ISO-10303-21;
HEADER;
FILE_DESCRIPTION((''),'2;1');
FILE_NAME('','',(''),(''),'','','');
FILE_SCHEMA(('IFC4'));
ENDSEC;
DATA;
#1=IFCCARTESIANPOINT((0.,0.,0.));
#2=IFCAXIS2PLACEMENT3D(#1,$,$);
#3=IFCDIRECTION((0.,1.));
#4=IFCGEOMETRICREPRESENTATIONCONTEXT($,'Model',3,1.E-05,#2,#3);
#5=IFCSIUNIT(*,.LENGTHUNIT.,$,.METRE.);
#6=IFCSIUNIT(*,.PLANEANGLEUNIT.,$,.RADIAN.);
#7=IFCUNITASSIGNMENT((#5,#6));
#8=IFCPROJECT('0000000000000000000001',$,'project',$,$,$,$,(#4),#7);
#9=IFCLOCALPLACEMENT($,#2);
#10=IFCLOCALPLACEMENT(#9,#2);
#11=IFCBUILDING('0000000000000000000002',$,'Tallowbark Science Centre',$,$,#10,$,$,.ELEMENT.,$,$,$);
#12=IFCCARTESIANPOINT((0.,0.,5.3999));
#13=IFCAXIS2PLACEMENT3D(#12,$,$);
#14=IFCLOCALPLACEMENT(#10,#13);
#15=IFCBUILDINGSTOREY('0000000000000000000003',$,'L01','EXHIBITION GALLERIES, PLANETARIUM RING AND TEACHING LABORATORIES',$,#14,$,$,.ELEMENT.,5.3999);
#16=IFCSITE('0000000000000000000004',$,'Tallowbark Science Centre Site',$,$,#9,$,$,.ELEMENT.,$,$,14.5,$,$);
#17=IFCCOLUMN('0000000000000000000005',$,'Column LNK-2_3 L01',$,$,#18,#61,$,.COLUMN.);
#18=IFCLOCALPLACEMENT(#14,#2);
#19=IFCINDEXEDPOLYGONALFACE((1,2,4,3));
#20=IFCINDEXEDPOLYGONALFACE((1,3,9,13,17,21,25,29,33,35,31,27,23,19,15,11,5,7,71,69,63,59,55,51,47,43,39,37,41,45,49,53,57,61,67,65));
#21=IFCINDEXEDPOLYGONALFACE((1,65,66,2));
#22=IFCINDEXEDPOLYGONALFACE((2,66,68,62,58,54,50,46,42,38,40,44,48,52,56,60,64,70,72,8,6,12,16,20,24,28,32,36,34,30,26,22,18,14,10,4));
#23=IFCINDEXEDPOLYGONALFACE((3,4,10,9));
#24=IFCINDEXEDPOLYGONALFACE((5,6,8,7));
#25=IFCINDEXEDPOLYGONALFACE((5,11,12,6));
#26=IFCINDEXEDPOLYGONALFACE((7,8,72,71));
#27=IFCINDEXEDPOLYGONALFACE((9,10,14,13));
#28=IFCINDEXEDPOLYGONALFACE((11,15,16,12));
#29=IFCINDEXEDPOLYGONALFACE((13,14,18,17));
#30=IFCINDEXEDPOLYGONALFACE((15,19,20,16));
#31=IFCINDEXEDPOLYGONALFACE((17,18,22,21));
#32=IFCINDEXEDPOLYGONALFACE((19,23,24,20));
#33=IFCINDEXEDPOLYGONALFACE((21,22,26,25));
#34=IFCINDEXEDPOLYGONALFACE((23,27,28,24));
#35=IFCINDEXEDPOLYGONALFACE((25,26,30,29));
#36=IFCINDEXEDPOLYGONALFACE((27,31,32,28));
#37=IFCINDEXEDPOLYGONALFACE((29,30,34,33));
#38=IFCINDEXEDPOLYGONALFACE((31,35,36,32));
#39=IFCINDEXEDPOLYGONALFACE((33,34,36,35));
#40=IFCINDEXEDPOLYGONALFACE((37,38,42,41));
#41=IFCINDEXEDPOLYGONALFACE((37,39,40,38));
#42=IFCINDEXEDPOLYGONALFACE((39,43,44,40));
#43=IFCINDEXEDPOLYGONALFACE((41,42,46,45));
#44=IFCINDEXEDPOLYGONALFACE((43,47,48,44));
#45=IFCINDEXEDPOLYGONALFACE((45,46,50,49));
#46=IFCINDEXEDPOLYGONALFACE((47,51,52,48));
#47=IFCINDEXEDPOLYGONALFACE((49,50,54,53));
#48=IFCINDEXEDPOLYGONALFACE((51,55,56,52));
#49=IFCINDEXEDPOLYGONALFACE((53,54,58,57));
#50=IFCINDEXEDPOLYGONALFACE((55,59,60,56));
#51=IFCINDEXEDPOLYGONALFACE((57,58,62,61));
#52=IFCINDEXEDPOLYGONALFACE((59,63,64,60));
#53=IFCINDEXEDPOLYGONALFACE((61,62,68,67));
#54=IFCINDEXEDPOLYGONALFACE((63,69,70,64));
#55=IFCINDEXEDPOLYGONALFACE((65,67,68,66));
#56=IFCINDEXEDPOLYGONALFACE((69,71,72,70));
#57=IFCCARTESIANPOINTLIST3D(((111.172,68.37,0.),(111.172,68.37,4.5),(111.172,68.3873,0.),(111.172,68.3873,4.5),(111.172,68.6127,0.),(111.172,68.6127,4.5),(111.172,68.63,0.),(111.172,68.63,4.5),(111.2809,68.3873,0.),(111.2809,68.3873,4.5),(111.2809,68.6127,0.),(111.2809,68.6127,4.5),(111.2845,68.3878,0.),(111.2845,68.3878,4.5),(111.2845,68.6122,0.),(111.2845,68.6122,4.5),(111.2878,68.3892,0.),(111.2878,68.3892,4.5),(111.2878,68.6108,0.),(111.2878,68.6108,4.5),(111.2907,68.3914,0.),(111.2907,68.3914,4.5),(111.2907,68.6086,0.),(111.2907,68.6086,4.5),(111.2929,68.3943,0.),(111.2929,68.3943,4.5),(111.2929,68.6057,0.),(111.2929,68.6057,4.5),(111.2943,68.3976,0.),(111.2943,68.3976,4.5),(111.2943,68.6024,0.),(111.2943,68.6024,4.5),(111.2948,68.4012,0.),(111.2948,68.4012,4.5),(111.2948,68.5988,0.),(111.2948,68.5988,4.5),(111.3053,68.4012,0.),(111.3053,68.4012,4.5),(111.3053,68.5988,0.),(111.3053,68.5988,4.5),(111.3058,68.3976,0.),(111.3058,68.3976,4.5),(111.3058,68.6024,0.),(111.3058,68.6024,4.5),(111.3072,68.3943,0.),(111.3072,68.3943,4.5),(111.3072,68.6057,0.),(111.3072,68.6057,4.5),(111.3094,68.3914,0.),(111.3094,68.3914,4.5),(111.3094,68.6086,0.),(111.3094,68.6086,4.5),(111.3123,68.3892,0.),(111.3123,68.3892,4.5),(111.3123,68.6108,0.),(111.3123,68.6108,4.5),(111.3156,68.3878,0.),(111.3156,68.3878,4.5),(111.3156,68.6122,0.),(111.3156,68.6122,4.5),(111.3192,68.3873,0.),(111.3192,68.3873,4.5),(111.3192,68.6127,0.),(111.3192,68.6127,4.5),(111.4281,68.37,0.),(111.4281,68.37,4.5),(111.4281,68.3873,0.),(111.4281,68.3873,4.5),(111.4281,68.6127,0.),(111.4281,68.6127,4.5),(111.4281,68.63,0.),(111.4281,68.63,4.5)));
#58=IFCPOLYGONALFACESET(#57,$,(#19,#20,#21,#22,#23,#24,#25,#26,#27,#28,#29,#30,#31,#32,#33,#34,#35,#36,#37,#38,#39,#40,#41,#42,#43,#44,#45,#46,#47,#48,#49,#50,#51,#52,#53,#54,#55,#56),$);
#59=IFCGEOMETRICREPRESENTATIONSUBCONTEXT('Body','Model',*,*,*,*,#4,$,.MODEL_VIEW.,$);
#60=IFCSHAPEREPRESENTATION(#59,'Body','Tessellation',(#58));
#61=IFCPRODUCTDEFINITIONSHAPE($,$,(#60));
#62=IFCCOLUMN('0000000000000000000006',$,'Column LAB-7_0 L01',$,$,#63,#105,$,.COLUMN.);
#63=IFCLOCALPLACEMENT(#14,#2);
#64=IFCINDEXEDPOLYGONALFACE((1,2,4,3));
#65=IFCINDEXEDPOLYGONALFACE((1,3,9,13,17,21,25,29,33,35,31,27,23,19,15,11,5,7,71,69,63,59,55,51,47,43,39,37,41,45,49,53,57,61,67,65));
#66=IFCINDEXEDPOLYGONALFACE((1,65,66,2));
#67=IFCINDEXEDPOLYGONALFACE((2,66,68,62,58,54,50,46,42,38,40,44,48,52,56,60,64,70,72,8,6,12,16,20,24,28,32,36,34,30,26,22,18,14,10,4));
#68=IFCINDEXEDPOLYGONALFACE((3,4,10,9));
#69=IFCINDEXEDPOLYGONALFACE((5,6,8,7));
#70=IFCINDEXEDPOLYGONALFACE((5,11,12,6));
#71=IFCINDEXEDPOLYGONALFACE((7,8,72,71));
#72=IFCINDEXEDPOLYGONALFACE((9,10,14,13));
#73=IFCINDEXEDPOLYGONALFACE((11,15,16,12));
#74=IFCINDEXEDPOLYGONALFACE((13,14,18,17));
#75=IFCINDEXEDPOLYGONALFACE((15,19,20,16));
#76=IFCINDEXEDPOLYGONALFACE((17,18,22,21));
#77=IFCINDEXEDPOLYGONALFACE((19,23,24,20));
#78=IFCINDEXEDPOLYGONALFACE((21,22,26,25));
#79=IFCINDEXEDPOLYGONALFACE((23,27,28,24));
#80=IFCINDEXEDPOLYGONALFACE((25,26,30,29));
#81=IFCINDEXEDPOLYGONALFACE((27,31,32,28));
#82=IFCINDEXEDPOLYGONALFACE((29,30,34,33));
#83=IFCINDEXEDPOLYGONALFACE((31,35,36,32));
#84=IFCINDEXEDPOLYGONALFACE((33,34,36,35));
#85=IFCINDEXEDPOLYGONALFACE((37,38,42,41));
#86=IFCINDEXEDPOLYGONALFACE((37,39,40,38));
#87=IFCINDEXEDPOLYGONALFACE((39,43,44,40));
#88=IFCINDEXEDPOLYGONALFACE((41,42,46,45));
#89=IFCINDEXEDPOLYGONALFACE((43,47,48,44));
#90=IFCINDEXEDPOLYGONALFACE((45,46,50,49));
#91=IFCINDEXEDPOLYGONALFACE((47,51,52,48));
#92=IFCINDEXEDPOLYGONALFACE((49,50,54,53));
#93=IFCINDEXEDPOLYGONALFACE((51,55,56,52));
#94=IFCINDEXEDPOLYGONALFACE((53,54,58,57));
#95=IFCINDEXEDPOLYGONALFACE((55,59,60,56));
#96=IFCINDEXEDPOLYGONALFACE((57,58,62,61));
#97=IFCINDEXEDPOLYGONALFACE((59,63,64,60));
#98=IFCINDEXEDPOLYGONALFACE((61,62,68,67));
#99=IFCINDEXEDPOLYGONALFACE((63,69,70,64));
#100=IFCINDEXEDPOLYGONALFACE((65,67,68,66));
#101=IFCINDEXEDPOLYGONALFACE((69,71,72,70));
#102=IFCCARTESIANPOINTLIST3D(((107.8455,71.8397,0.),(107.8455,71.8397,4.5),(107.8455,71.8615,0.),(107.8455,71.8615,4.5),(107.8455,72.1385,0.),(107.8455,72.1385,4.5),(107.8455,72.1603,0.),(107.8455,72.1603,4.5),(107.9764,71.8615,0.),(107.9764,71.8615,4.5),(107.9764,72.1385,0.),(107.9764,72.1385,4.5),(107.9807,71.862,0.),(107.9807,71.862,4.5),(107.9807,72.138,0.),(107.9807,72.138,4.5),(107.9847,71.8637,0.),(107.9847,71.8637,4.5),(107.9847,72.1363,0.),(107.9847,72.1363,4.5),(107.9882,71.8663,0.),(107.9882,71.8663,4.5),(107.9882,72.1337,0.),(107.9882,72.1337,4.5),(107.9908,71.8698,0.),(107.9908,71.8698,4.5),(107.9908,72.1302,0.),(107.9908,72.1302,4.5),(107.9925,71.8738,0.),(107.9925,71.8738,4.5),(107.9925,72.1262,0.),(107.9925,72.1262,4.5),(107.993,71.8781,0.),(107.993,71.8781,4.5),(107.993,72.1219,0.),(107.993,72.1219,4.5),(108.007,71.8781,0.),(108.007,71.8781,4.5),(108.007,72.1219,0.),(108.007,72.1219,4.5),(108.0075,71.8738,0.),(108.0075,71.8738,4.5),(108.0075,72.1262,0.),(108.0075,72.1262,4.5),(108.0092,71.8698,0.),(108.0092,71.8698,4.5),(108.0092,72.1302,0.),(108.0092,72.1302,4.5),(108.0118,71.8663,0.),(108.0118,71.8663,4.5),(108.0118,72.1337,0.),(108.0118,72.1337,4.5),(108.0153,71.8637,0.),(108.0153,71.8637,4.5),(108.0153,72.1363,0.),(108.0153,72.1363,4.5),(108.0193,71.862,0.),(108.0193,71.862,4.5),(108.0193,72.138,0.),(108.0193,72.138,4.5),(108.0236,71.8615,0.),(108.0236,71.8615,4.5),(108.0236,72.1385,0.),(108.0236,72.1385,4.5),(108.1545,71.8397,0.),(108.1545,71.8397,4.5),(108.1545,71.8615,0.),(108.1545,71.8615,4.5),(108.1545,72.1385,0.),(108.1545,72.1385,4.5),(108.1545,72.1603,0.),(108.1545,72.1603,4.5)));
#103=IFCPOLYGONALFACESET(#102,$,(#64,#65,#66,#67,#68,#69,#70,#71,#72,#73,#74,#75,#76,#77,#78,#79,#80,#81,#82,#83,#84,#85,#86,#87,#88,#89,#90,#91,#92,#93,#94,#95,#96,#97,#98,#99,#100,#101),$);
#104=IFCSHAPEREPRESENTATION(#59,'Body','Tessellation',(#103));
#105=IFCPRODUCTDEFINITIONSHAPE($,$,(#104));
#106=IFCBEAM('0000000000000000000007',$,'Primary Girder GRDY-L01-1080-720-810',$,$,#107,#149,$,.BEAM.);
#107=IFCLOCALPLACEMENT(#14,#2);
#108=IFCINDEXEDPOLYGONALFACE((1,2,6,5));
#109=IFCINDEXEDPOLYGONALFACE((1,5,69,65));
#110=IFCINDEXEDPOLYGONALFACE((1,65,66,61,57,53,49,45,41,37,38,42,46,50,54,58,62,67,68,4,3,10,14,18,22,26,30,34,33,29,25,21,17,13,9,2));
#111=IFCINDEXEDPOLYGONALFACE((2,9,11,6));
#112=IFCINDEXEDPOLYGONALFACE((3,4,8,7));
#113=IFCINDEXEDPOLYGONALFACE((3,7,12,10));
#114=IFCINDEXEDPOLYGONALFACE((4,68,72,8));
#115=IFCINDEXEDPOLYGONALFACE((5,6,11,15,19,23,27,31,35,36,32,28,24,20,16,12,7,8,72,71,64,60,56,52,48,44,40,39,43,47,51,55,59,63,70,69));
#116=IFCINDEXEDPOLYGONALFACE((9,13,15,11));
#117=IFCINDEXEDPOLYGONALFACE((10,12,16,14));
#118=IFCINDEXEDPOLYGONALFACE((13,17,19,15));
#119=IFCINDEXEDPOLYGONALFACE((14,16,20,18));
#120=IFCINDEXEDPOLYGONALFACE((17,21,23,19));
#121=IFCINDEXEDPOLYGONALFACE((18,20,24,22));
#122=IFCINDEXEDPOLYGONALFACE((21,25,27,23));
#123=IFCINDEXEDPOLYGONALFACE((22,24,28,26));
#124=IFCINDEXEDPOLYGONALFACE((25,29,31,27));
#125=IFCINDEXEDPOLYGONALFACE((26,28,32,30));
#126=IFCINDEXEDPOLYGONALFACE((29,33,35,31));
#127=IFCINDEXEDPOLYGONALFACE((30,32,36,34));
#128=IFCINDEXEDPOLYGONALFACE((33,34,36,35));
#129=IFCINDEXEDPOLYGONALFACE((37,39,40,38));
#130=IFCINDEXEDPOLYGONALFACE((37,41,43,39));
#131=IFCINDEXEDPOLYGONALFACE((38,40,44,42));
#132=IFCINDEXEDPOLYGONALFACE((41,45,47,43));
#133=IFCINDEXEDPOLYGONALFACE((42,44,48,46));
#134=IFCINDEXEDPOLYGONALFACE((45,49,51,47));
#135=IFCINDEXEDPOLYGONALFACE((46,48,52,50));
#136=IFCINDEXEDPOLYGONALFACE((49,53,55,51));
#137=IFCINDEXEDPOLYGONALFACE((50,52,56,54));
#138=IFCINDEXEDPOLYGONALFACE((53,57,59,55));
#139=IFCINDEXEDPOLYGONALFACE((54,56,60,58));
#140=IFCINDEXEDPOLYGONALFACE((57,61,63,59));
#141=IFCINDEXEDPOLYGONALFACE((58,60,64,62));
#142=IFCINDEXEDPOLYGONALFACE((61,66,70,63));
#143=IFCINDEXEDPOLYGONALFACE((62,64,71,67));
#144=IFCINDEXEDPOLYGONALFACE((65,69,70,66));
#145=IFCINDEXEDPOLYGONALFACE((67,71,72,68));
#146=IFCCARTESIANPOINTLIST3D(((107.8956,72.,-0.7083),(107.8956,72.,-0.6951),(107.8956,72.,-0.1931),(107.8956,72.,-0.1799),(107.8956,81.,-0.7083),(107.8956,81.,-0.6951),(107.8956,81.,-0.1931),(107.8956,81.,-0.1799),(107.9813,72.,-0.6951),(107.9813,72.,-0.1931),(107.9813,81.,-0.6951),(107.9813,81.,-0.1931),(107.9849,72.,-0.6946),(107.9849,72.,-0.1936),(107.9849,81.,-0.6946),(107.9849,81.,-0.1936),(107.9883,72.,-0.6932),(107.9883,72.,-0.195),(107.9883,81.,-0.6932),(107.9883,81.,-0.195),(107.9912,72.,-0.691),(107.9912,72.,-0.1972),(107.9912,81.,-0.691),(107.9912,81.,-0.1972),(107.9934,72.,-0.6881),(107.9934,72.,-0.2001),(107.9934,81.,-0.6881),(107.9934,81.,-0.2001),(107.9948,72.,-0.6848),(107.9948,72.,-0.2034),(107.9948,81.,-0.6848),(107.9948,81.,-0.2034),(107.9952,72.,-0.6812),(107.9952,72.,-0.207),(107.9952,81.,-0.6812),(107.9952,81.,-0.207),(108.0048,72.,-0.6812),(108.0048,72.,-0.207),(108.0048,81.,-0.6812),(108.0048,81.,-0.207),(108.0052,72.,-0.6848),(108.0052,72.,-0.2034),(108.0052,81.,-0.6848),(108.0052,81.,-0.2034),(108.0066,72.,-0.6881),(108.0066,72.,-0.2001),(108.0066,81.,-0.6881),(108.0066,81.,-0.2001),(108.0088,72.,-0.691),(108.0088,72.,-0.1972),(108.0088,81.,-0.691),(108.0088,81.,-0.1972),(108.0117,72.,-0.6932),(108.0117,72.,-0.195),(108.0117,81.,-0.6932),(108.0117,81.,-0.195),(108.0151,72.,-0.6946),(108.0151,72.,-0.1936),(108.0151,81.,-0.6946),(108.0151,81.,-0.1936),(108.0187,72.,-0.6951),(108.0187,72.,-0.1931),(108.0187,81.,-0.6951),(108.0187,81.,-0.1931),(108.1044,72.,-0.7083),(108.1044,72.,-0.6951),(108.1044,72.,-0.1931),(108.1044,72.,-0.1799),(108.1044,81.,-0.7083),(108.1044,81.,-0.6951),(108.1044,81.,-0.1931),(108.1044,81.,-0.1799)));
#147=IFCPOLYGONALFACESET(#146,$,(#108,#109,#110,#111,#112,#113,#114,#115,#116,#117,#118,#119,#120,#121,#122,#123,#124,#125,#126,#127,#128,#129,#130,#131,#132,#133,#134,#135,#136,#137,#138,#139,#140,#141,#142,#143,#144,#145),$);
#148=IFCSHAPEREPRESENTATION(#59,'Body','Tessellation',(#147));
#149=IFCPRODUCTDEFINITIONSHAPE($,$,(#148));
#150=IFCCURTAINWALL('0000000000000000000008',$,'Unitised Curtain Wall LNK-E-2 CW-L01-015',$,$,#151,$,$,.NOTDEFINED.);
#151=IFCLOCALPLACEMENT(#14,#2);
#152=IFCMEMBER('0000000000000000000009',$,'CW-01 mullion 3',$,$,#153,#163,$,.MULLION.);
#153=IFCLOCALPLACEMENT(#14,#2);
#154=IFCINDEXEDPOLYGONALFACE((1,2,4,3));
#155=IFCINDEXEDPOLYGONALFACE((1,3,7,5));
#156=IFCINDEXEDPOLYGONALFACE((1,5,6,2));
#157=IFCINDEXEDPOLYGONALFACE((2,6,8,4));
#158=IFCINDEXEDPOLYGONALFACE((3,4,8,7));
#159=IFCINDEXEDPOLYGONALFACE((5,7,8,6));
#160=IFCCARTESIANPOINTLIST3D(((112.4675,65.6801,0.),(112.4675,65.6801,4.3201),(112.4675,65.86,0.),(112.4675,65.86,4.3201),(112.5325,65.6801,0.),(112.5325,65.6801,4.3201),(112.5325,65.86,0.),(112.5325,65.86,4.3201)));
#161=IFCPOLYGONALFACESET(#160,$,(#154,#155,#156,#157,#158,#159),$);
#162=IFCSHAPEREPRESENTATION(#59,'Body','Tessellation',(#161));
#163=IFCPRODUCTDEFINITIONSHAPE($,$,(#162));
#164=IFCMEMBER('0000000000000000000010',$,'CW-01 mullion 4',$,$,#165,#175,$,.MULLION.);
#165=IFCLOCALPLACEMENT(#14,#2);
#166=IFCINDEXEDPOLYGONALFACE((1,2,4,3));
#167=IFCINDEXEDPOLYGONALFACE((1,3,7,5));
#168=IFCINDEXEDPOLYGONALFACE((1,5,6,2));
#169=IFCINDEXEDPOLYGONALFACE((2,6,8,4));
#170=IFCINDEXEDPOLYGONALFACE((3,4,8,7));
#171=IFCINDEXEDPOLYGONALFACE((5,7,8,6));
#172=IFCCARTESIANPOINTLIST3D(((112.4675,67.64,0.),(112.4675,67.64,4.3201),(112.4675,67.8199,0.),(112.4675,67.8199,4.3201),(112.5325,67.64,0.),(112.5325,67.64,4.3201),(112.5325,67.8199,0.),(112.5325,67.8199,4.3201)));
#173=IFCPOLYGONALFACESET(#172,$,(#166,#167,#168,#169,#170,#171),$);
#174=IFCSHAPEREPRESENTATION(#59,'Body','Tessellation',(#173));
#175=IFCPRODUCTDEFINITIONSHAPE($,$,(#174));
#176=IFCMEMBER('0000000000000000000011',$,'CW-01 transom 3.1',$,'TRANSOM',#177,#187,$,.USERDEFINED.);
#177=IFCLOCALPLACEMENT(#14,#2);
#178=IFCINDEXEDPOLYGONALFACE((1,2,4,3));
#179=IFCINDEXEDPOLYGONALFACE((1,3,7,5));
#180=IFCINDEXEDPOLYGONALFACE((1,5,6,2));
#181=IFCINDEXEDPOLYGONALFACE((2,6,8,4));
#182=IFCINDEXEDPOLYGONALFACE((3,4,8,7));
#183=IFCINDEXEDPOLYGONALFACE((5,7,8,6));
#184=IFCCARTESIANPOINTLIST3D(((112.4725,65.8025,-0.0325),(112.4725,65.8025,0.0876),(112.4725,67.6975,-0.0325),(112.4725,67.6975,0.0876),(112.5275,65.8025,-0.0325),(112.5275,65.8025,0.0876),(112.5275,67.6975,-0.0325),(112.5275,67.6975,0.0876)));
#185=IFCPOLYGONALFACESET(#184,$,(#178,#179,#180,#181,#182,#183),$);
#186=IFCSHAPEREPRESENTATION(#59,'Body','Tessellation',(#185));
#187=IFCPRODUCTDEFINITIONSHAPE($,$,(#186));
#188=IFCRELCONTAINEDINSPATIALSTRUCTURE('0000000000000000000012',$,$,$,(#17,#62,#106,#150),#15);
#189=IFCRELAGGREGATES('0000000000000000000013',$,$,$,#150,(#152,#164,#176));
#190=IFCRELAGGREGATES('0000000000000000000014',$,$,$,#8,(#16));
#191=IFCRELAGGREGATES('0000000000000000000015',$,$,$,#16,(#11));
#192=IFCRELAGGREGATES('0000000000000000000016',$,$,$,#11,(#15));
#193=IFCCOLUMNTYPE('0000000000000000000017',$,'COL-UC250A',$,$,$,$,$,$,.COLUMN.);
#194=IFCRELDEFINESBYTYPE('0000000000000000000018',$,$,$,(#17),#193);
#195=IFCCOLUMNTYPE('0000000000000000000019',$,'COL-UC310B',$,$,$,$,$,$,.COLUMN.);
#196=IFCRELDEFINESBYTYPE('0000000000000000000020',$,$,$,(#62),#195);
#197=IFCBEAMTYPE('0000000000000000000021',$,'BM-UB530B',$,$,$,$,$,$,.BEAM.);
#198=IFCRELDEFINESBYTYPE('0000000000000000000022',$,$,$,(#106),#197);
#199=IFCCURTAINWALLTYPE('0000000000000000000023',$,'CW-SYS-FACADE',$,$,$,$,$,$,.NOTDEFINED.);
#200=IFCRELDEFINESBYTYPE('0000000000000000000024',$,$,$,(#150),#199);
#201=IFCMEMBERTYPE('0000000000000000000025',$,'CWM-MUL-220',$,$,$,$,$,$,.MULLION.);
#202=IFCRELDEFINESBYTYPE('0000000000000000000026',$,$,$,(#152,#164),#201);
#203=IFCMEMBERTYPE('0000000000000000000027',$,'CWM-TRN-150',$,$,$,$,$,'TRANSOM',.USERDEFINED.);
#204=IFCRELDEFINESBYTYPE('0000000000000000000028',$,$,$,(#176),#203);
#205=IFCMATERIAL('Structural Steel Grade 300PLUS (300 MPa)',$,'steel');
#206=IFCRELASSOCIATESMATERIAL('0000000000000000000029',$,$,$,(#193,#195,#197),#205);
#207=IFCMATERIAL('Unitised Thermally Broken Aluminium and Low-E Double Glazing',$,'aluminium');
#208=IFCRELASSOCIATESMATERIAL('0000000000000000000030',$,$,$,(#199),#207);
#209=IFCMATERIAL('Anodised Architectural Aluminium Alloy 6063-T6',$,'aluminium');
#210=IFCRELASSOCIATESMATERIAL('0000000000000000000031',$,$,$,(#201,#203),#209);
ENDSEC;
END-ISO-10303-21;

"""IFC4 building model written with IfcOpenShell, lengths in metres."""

from ifc_helpers import new_model, si_unit, direction, frame, origin, origin_2d, place, context, subcontext, project, spatial, rectangle, i_section, extrude, material, material_profile, profile_set, type_object, element, aggregate, save


model = new_model("IFC4")

# Units and contexts
model_context = context("Model", 3, precision=1e-05, world=origin(), true_north=direction((0.0, 1.0)))
body_context = subcontext(model_context, "Body", "Model", "MODEL_VIEW")
ifc_project = project(units=[si_unit("LENGTHUNIT", "METRE"), si_unit("PLANEANGLEUNIT", "RADIAN")], contexts=[model_context])

# Site, building, storey
site_placement = place(None, origin())
site = spatial("IfcSite", under=ifc_project, at=site_placement, Name="Tallowbark Science Centre Site", CompositionType="ELEMENT", RefElevation=14.5)
building_placement = place(site_placement, origin())
building = spatial("IfcBuilding", under=site, at=building_placement, Name="Tallowbark Science Centre", CompositionType="ELEMENT")
storey_placement = place(building_placement, frame((0.0, 0.0, 5.3999)))
storey = spatial("IfcBuildingStorey", under=building, at=storey_placement, Name="L01", Description="EXHIBITION GALLERIES, PLANETARIUM RING AND TEACHING LABORATORIES", CompositionType="ELEMENT", Elevation=5.3999)

# Columns
ifc_material_1 = material(Name="Structural Steel Grade 300PLUS (300 MPa)", Category="steel")
ifc_material_profile_1 = material_profile(ifc_material_1, i_section(OverallWidth=0.2561, OverallDepth=0.26, WebThickness=0.0105, FlangeThickness=0.0173, FilletRadius=0.0139, at=origin_2d()), Name="250UC89.5")
ifc_profile_set_1 = profile_set([ifc_material_profile_1], Name="Structural Steel Grade 300PLUS (300 MPa)")
column_type_1 = type_object("IfcColumnType", Name="COL-UC250A", PredefinedType="COLUMN", material=ifc_profile_set_1)
column_1_placement = place(storey_placement, frame((111.3, 68.5, 0.0), z_axis=(0.0, 0.0, 1.0), x_axis=(1.0, 0.0, 0.0)))
element("IfcColumn", 1, at=column_1_placement, inside=storey, type_object=column_type_1, Name="Column LNK-2_3 L01", PredefinedType="COLUMN", context=body_context, shape_type="SweptSolid", body=[
    extrude(i_section(OverallWidth=0.2561, OverallDepth=0.26, WebThickness=0.0105, FlangeThickness=0.0173, FilletRadius=0.0139, at=origin_2d()), origin(), (0.0, 0.0, 1.0), 4.5),
])
ifc_material_profile_2 = material_profile(ifc_material_1, i_section(OverallWidth=0.3091, OverallDepth=0.3206, WebThickness=0.0139, FlangeThickness=0.0217, FilletRadius=0.0166, at=origin_2d()), Name="310UC137")
ifc_profile_set_2 = profile_set([ifc_material_profile_2], Name="Structural Steel Grade 300PLUS (300 MPa)")
column_type_2 = type_object("IfcColumnType", Name="COL-UC310B", PredefinedType="COLUMN", material=ifc_profile_set_2)
column_2_placement = place(storey_placement, frame((108.0, 72.0, 0.0), z_axis=(0.0, 0.0, 1.0), x_axis=(1.0, 0.0, 0.0)))
element("IfcColumn", 2, at=column_2_placement, inside=storey, type_object=column_type_2, Name="Column LAB-7_0 L01", PredefinedType="COLUMN", context=body_context, shape_type="SweptSolid", body=[
    extrude(i_section(OverallWidth=0.3091, OverallDepth=0.3206, WebThickness=0.0139, FlangeThickness=0.0217, FilletRadius=0.0166, at=origin_2d()), origin(), (0.0, 0.0, 1.0), 4.5),
])

# Beam
ifc_material_profile_3 = material_profile(ifc_material_1, i_section(OverallWidth=0.2087, OverallDepth=0.5283, WebThickness=0.0095, FlangeThickness=0.0132, FilletRadius=0.0139, at=origin_2d()), Name="530UB82.0")
ifc_profile_set_3 = profile_set([ifc_material_profile_3], Name="Structural Steel Grade 300PLUS (300 MPa)")
beam_type_1 = type_object("IfcBeamType", Name="BM-UB530B", PredefinedType="BEAM", material=ifc_profile_set_3)
beam_1_placement = place(storey_placement, frame((108.0, 72.0, -0.4441), z_axis=(0.0, 1.0, 0.0), x_axis=(-1.0, 0.0, 0.0)))
element("IfcBeam", 3, at=beam_1_placement, inside=storey, type_object=beam_type_1, Name="Primary Girder GRDY-L01-1080-720-810", PredefinedType="BEAM", context=body_context, shape_type="SweptSolid", body=[
    extrude(i_section(OverallWidth=0.2087, OverallDepth=0.5283, WebThickness=0.0095, FlangeThickness=0.0132, FilletRadius=0.0139, at=origin_2d()), origin(), (0.0, 0.0, 1.0), 9.0),
])

# Curtain wall, members
ifc_material_2 = material(Name="Unitised Thermally Broken Aluminium and Low-E Double Glazing", Category="aluminium")
curtain_wall_type = type_object("IfcCurtainWallType", Name="CW-SYS-FACADE", PredefinedType="NOTDEFINED", material=ifc_material_2)
curtain_wall_placement = place(storey_placement, origin())
curtain_wall = element("IfcCurtainWall", 4, at=curtain_wall_placement, inside=storey, type_object=curtain_wall_type, Name="Unitised Curtain Wall LNK-E-2 CW-L01-015", PredefinedType="NOTDEFINED")
ifc_material_3 = material(Name="Anodised Architectural Aluminium Alloy 6063-T6", Category="aluminium")
ifc_material_profile_4 = material_profile(ifc_material_3, rectangle(XDim=0.0649, YDim=0.1799, at=origin_2d()), Name="ALU65x180")
ifc_profile_set_4 = profile_set([ifc_material_profile_4], Name="Anodised Architectural Aluminium Alloy 6063-T6")
member_type_1 = type_object("IfcMemberType", Name="CWM-MUL-220", PredefinedType="MULLION", material=ifc_profile_set_4)
member_1_placement = place(storey_placement, frame((112.5, 65.77, 0.0), z_axis=(0.0, 0.0, 1.0), x_axis=(-1.0, 0.0, 0.0)))
member_1 = element("IfcMember", 5, at=member_1_placement, type_object=member_type_1, Name="CW-01 mullion 3", PredefinedType="MULLION", context=body_context, shape_type="SweptSolid", body=[
    extrude(rectangle(XDim=0.0649, YDim=0.1799, at=origin_2d()), origin(), (0.0, 0.0, 1.0), 4.3201),
])
member_2_placement = place(storey_placement, frame((112.5, 67.73, 0.0), z_axis=(0.0, 0.0, 1.0), x_axis=(-1.0, 0.0, 0.0)))
member_2 = element("IfcMember", 6, at=member_2_placement, type_object=member_type_1, Name="CW-01 mullion 4", PredefinedType="MULLION", context=body_context, shape_type="SweptSolid", body=[
    extrude(rectangle(XDim=0.0649, YDim=0.1799, at=origin_2d()), origin(), (0.0, 0.0, 1.0), 4.3201),
])
ifc_material_profile_5 = material_profile(ifc_material_3, rectangle(XDim=0.0549, YDim=0.1201, at=origin_2d()), Name="ALU55x120")
ifc_profile_set_5 = profile_set([ifc_material_profile_5], Name="Anodised Architectural Aluminium Alloy 6063-T6")
member_type_2 = type_object("IfcMemberType", Name="CWM-TRN-150", ElementType="TRANSOM", PredefinedType="USERDEFINED", material=ifc_profile_set_5)
member_3_placement = place(storey_placement, frame((112.5, 65.8025, 0.0276), z_axis=(0.0, 1.0, 0.0), x_axis=(-1.0, 0.0, 0.0)))
member_3 = element("IfcMember", 7, at=member_3_placement, type_object=member_type_2, Name="CW-01 transom 3.1", ObjectType="TRANSOM", PredefinedType="USERDEFINED", context=body_context, shape_type="SweptSolid", body=[
    extrude(rectangle(XDim=0.0549, YDim=0.1201, at=origin_2d()), origin(), (0.0, 0.0, 1.0), 1.895),
])

aggregate(curtain_wall, [member_1, member_2, member_3])

save(model, "model.ifc")
